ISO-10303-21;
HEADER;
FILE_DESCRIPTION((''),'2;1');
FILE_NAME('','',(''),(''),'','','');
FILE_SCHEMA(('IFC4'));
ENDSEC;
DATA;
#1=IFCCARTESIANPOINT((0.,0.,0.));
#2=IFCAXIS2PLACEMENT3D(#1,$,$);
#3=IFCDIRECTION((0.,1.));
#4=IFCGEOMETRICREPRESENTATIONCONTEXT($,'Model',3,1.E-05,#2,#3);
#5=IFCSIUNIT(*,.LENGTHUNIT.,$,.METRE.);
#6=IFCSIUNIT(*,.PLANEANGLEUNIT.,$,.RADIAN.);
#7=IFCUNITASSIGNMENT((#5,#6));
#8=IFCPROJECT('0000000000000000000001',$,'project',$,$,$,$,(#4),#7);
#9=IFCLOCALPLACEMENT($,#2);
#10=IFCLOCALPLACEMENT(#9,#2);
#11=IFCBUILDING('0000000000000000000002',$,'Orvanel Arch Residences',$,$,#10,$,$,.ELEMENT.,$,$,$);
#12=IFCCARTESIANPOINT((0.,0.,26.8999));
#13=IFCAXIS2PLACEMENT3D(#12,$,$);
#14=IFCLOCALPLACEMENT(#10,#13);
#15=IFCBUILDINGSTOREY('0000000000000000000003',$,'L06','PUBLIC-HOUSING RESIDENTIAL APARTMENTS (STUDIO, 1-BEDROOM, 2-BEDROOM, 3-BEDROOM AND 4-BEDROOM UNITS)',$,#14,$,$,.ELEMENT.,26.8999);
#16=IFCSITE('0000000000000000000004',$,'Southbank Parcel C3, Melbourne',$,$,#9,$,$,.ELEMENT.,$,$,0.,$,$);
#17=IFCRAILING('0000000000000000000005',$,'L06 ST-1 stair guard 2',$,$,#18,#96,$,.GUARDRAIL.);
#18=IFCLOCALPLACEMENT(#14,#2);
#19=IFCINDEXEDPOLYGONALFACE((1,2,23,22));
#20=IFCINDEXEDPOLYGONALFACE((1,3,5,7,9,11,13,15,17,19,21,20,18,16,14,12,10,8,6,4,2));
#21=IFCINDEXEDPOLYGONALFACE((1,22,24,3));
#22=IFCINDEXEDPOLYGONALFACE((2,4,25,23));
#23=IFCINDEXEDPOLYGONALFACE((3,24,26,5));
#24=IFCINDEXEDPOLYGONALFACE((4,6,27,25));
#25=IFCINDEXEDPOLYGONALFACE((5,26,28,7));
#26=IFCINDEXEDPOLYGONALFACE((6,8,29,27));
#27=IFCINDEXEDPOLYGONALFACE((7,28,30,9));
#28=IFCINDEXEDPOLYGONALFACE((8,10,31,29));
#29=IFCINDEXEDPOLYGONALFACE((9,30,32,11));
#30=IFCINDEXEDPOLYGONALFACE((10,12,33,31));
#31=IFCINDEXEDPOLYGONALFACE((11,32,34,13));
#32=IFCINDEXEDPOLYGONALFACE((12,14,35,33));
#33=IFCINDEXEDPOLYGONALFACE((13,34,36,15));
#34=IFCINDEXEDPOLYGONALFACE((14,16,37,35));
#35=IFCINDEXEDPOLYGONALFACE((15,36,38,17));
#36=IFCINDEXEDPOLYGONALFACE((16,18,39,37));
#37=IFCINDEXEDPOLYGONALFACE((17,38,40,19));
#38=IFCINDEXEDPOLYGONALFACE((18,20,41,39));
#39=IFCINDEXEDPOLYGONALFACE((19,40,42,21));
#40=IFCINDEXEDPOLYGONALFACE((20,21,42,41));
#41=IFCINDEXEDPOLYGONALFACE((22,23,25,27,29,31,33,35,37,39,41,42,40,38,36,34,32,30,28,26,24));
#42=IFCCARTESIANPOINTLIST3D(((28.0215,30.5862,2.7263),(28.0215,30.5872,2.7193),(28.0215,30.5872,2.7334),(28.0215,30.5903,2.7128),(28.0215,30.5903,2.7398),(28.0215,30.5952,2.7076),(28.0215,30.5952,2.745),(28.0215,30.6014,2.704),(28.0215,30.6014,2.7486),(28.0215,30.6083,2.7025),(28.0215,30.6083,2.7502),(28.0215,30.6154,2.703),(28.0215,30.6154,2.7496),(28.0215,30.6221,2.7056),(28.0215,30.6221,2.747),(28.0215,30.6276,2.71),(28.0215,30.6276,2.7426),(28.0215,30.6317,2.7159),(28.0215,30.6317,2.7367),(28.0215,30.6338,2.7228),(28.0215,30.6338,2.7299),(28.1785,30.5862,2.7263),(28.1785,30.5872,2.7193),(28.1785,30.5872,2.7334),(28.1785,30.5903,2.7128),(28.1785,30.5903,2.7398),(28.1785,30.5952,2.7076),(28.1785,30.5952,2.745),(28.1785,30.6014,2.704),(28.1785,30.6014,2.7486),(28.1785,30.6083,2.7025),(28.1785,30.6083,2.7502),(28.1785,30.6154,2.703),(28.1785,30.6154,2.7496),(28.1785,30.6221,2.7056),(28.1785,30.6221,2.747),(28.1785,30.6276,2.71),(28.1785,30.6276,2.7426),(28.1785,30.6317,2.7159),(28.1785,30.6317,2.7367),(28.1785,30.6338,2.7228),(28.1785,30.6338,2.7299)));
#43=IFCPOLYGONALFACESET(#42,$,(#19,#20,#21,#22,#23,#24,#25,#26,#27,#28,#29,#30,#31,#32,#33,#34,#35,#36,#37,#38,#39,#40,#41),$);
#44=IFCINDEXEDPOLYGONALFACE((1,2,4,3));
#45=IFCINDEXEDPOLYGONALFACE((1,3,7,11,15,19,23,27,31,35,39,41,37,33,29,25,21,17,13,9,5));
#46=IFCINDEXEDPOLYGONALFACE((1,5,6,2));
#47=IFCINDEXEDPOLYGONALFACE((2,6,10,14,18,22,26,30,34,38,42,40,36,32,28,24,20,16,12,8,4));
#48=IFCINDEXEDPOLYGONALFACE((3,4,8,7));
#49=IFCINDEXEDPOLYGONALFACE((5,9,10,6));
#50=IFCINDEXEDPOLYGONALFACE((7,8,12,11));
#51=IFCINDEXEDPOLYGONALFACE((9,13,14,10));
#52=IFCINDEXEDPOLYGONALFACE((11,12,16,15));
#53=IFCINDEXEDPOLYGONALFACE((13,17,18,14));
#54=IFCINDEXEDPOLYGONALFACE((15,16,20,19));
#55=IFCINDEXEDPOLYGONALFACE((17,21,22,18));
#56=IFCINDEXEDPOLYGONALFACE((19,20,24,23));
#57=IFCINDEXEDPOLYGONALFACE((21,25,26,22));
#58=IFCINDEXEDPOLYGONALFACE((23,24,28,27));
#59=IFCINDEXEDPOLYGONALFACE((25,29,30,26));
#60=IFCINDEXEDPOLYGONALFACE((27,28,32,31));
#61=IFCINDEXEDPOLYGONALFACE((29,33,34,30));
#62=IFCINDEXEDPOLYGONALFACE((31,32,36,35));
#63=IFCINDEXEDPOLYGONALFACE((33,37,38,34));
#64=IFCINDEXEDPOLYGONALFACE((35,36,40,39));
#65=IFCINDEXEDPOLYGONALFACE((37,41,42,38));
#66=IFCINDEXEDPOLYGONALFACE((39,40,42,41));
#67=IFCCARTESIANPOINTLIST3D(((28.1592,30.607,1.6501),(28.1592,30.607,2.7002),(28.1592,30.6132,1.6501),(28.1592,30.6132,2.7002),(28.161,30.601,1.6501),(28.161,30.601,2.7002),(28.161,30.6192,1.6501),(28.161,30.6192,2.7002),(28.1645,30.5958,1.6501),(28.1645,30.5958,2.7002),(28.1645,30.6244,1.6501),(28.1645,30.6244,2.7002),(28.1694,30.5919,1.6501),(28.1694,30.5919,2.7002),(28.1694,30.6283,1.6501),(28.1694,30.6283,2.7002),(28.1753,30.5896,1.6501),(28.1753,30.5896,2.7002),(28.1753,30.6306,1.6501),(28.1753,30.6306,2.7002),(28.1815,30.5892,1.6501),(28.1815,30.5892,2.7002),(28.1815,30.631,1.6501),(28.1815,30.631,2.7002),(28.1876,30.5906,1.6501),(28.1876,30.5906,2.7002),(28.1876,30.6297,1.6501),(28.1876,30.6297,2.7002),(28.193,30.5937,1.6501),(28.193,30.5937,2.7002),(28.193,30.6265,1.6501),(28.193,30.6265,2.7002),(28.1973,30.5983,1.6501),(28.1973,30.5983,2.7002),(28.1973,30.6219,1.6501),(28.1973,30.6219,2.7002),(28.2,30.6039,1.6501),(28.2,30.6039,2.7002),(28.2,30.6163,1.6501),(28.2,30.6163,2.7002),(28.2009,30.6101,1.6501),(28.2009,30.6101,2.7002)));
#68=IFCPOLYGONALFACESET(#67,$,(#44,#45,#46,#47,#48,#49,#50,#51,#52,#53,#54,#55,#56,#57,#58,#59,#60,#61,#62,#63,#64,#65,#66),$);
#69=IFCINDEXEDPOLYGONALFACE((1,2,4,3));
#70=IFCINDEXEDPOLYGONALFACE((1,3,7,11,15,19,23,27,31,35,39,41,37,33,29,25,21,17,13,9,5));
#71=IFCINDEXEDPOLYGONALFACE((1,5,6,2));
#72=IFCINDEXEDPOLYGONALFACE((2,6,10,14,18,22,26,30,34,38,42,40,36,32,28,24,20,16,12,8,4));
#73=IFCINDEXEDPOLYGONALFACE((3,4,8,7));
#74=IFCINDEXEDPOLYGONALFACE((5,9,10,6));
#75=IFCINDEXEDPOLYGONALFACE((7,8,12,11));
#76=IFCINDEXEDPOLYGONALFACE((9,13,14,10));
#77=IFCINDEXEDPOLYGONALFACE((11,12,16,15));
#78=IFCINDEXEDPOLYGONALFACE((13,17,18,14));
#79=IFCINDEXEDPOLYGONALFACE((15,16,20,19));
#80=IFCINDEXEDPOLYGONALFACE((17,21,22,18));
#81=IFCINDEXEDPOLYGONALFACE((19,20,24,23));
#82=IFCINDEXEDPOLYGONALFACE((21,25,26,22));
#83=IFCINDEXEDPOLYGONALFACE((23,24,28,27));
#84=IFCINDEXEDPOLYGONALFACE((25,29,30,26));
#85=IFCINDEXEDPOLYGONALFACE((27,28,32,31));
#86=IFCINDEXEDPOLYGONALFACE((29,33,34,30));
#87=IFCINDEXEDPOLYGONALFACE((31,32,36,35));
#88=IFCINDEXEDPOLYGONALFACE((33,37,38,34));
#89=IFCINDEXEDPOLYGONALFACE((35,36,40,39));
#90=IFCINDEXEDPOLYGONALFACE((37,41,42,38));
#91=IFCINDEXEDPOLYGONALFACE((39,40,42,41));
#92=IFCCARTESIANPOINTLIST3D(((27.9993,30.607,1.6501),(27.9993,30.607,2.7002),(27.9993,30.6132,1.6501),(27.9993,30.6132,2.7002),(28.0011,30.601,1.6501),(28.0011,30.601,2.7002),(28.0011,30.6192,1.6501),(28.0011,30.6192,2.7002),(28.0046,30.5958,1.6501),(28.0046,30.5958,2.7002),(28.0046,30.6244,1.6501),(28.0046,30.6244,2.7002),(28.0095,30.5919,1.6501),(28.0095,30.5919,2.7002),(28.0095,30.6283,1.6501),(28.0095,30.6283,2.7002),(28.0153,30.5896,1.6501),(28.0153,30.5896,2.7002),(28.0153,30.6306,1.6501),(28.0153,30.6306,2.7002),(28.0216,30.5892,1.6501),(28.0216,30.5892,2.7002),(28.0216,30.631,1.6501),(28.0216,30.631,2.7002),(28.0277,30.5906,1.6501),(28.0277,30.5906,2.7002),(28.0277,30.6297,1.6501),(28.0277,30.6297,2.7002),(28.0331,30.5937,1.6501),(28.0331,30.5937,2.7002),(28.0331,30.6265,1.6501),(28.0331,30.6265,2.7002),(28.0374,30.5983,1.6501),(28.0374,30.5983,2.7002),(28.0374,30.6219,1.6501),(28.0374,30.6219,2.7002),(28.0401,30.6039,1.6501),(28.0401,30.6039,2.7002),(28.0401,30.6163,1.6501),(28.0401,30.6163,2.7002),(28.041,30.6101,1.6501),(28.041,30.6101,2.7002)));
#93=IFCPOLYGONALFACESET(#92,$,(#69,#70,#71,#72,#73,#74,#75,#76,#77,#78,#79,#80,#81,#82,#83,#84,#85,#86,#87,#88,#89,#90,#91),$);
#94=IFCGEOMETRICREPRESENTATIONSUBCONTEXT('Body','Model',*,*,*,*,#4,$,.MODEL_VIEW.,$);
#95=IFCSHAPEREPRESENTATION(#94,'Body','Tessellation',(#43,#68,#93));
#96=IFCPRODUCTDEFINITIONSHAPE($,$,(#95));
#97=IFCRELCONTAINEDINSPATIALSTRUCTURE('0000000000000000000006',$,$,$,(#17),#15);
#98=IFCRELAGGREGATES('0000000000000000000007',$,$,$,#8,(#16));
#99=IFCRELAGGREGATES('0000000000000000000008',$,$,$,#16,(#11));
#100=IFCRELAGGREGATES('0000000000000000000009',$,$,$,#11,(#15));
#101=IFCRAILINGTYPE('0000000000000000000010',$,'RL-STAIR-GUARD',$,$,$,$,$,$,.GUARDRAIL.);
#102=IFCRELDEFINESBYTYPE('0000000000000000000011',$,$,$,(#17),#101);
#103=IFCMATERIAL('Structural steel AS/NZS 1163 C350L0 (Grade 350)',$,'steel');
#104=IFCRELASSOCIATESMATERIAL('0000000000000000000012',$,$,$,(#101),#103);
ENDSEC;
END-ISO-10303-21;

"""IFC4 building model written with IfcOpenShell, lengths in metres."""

from ifc_helpers import new_model, si_unit, direction, frame, origin, origin_2d, place, context, subcontext, project, spatial, circle, extrude, material, type_object, element, save


model = new_model("IFC4")

# Units and contexts
model_context = context("Model", 3, precision=1e-05, world=origin(), true_north=direction((0.0, 1.0)))
body_context = subcontext(model_context, "Body", "Model", "MODEL_VIEW")
ifc_project = project(units=[si_unit("LENGTHUNIT", "METRE"), si_unit("PLANEANGLEUNIT", "RADIAN")], contexts=[model_context])

# Site, building, storey
site_placement = place(None, origin())
site = spatial("IfcSite", under=ifc_project, at=site_placement, Name="Southbank Parcel C3, Melbourne", CompositionType="ELEMENT", RefElevation=0.0)
building_placement = place(site_placement, origin())
building = spatial("IfcBuilding", under=site, at=building_placement, Name="Orvanel Arch Residences", CompositionType="ELEMENT")
storey_placement = place(building_placement, frame((0.0, 0.0, 26.8999)))
storey = spatial("IfcBuildingStorey", under=building, at=storey_placement, Name="L06", Description="PUBLIC-HOUSING RESIDENTIAL APARTMENTS (STUDIO, 1-BEDROOM, 2-BEDROOM, 3-BEDROOM AND 4-BEDROOM UNITS)", CompositionType="ELEMENT", Elevation=26.8999)

# Railing
ifc_material_1 = material(Name="Structural steel AS/NZS 1163 C350L0 (Grade 350)", Category="steel")
railing_type_1 = type_object("IfcRailingType", Name="RL-STAIR-GUARD", PredefinedType="GUARDRAIL", material=ifc_material_1)
railing_1_placement = place(storey_placement, frame((28.1799, 30.6101, 1.6501)))
element("IfcRailing", 1, at=railing_1_placement, inside=storey, type_object=railing_type_1, Name="L06 ST-1 stair guard 2", PredefinedType="GUARDRAIL", context=body_context, shape_type="SweptSolid", body=[
    extrude(circle(Radius=0.0239, at=origin_2d()), frame((-0.0015, 0.0, 1.0762), z_axis=(-1.0, 0.0, 0.0), x_axis=(0.0, -1.0, 0.0)), (0.0, 0.0, 1.0), 0.157),
    extrude(circle(Radius=0.021, at=origin_2d()), origin(), (0.0, 0.0, 1.0), 1.05),
    extrude(circle(Radius=0.021, at=origin_2d()), frame((-0.1599, 0.0, 0.0)), (0.0, 0.0, 1.0), 1.05),
])

save(model, "model.ifc")
